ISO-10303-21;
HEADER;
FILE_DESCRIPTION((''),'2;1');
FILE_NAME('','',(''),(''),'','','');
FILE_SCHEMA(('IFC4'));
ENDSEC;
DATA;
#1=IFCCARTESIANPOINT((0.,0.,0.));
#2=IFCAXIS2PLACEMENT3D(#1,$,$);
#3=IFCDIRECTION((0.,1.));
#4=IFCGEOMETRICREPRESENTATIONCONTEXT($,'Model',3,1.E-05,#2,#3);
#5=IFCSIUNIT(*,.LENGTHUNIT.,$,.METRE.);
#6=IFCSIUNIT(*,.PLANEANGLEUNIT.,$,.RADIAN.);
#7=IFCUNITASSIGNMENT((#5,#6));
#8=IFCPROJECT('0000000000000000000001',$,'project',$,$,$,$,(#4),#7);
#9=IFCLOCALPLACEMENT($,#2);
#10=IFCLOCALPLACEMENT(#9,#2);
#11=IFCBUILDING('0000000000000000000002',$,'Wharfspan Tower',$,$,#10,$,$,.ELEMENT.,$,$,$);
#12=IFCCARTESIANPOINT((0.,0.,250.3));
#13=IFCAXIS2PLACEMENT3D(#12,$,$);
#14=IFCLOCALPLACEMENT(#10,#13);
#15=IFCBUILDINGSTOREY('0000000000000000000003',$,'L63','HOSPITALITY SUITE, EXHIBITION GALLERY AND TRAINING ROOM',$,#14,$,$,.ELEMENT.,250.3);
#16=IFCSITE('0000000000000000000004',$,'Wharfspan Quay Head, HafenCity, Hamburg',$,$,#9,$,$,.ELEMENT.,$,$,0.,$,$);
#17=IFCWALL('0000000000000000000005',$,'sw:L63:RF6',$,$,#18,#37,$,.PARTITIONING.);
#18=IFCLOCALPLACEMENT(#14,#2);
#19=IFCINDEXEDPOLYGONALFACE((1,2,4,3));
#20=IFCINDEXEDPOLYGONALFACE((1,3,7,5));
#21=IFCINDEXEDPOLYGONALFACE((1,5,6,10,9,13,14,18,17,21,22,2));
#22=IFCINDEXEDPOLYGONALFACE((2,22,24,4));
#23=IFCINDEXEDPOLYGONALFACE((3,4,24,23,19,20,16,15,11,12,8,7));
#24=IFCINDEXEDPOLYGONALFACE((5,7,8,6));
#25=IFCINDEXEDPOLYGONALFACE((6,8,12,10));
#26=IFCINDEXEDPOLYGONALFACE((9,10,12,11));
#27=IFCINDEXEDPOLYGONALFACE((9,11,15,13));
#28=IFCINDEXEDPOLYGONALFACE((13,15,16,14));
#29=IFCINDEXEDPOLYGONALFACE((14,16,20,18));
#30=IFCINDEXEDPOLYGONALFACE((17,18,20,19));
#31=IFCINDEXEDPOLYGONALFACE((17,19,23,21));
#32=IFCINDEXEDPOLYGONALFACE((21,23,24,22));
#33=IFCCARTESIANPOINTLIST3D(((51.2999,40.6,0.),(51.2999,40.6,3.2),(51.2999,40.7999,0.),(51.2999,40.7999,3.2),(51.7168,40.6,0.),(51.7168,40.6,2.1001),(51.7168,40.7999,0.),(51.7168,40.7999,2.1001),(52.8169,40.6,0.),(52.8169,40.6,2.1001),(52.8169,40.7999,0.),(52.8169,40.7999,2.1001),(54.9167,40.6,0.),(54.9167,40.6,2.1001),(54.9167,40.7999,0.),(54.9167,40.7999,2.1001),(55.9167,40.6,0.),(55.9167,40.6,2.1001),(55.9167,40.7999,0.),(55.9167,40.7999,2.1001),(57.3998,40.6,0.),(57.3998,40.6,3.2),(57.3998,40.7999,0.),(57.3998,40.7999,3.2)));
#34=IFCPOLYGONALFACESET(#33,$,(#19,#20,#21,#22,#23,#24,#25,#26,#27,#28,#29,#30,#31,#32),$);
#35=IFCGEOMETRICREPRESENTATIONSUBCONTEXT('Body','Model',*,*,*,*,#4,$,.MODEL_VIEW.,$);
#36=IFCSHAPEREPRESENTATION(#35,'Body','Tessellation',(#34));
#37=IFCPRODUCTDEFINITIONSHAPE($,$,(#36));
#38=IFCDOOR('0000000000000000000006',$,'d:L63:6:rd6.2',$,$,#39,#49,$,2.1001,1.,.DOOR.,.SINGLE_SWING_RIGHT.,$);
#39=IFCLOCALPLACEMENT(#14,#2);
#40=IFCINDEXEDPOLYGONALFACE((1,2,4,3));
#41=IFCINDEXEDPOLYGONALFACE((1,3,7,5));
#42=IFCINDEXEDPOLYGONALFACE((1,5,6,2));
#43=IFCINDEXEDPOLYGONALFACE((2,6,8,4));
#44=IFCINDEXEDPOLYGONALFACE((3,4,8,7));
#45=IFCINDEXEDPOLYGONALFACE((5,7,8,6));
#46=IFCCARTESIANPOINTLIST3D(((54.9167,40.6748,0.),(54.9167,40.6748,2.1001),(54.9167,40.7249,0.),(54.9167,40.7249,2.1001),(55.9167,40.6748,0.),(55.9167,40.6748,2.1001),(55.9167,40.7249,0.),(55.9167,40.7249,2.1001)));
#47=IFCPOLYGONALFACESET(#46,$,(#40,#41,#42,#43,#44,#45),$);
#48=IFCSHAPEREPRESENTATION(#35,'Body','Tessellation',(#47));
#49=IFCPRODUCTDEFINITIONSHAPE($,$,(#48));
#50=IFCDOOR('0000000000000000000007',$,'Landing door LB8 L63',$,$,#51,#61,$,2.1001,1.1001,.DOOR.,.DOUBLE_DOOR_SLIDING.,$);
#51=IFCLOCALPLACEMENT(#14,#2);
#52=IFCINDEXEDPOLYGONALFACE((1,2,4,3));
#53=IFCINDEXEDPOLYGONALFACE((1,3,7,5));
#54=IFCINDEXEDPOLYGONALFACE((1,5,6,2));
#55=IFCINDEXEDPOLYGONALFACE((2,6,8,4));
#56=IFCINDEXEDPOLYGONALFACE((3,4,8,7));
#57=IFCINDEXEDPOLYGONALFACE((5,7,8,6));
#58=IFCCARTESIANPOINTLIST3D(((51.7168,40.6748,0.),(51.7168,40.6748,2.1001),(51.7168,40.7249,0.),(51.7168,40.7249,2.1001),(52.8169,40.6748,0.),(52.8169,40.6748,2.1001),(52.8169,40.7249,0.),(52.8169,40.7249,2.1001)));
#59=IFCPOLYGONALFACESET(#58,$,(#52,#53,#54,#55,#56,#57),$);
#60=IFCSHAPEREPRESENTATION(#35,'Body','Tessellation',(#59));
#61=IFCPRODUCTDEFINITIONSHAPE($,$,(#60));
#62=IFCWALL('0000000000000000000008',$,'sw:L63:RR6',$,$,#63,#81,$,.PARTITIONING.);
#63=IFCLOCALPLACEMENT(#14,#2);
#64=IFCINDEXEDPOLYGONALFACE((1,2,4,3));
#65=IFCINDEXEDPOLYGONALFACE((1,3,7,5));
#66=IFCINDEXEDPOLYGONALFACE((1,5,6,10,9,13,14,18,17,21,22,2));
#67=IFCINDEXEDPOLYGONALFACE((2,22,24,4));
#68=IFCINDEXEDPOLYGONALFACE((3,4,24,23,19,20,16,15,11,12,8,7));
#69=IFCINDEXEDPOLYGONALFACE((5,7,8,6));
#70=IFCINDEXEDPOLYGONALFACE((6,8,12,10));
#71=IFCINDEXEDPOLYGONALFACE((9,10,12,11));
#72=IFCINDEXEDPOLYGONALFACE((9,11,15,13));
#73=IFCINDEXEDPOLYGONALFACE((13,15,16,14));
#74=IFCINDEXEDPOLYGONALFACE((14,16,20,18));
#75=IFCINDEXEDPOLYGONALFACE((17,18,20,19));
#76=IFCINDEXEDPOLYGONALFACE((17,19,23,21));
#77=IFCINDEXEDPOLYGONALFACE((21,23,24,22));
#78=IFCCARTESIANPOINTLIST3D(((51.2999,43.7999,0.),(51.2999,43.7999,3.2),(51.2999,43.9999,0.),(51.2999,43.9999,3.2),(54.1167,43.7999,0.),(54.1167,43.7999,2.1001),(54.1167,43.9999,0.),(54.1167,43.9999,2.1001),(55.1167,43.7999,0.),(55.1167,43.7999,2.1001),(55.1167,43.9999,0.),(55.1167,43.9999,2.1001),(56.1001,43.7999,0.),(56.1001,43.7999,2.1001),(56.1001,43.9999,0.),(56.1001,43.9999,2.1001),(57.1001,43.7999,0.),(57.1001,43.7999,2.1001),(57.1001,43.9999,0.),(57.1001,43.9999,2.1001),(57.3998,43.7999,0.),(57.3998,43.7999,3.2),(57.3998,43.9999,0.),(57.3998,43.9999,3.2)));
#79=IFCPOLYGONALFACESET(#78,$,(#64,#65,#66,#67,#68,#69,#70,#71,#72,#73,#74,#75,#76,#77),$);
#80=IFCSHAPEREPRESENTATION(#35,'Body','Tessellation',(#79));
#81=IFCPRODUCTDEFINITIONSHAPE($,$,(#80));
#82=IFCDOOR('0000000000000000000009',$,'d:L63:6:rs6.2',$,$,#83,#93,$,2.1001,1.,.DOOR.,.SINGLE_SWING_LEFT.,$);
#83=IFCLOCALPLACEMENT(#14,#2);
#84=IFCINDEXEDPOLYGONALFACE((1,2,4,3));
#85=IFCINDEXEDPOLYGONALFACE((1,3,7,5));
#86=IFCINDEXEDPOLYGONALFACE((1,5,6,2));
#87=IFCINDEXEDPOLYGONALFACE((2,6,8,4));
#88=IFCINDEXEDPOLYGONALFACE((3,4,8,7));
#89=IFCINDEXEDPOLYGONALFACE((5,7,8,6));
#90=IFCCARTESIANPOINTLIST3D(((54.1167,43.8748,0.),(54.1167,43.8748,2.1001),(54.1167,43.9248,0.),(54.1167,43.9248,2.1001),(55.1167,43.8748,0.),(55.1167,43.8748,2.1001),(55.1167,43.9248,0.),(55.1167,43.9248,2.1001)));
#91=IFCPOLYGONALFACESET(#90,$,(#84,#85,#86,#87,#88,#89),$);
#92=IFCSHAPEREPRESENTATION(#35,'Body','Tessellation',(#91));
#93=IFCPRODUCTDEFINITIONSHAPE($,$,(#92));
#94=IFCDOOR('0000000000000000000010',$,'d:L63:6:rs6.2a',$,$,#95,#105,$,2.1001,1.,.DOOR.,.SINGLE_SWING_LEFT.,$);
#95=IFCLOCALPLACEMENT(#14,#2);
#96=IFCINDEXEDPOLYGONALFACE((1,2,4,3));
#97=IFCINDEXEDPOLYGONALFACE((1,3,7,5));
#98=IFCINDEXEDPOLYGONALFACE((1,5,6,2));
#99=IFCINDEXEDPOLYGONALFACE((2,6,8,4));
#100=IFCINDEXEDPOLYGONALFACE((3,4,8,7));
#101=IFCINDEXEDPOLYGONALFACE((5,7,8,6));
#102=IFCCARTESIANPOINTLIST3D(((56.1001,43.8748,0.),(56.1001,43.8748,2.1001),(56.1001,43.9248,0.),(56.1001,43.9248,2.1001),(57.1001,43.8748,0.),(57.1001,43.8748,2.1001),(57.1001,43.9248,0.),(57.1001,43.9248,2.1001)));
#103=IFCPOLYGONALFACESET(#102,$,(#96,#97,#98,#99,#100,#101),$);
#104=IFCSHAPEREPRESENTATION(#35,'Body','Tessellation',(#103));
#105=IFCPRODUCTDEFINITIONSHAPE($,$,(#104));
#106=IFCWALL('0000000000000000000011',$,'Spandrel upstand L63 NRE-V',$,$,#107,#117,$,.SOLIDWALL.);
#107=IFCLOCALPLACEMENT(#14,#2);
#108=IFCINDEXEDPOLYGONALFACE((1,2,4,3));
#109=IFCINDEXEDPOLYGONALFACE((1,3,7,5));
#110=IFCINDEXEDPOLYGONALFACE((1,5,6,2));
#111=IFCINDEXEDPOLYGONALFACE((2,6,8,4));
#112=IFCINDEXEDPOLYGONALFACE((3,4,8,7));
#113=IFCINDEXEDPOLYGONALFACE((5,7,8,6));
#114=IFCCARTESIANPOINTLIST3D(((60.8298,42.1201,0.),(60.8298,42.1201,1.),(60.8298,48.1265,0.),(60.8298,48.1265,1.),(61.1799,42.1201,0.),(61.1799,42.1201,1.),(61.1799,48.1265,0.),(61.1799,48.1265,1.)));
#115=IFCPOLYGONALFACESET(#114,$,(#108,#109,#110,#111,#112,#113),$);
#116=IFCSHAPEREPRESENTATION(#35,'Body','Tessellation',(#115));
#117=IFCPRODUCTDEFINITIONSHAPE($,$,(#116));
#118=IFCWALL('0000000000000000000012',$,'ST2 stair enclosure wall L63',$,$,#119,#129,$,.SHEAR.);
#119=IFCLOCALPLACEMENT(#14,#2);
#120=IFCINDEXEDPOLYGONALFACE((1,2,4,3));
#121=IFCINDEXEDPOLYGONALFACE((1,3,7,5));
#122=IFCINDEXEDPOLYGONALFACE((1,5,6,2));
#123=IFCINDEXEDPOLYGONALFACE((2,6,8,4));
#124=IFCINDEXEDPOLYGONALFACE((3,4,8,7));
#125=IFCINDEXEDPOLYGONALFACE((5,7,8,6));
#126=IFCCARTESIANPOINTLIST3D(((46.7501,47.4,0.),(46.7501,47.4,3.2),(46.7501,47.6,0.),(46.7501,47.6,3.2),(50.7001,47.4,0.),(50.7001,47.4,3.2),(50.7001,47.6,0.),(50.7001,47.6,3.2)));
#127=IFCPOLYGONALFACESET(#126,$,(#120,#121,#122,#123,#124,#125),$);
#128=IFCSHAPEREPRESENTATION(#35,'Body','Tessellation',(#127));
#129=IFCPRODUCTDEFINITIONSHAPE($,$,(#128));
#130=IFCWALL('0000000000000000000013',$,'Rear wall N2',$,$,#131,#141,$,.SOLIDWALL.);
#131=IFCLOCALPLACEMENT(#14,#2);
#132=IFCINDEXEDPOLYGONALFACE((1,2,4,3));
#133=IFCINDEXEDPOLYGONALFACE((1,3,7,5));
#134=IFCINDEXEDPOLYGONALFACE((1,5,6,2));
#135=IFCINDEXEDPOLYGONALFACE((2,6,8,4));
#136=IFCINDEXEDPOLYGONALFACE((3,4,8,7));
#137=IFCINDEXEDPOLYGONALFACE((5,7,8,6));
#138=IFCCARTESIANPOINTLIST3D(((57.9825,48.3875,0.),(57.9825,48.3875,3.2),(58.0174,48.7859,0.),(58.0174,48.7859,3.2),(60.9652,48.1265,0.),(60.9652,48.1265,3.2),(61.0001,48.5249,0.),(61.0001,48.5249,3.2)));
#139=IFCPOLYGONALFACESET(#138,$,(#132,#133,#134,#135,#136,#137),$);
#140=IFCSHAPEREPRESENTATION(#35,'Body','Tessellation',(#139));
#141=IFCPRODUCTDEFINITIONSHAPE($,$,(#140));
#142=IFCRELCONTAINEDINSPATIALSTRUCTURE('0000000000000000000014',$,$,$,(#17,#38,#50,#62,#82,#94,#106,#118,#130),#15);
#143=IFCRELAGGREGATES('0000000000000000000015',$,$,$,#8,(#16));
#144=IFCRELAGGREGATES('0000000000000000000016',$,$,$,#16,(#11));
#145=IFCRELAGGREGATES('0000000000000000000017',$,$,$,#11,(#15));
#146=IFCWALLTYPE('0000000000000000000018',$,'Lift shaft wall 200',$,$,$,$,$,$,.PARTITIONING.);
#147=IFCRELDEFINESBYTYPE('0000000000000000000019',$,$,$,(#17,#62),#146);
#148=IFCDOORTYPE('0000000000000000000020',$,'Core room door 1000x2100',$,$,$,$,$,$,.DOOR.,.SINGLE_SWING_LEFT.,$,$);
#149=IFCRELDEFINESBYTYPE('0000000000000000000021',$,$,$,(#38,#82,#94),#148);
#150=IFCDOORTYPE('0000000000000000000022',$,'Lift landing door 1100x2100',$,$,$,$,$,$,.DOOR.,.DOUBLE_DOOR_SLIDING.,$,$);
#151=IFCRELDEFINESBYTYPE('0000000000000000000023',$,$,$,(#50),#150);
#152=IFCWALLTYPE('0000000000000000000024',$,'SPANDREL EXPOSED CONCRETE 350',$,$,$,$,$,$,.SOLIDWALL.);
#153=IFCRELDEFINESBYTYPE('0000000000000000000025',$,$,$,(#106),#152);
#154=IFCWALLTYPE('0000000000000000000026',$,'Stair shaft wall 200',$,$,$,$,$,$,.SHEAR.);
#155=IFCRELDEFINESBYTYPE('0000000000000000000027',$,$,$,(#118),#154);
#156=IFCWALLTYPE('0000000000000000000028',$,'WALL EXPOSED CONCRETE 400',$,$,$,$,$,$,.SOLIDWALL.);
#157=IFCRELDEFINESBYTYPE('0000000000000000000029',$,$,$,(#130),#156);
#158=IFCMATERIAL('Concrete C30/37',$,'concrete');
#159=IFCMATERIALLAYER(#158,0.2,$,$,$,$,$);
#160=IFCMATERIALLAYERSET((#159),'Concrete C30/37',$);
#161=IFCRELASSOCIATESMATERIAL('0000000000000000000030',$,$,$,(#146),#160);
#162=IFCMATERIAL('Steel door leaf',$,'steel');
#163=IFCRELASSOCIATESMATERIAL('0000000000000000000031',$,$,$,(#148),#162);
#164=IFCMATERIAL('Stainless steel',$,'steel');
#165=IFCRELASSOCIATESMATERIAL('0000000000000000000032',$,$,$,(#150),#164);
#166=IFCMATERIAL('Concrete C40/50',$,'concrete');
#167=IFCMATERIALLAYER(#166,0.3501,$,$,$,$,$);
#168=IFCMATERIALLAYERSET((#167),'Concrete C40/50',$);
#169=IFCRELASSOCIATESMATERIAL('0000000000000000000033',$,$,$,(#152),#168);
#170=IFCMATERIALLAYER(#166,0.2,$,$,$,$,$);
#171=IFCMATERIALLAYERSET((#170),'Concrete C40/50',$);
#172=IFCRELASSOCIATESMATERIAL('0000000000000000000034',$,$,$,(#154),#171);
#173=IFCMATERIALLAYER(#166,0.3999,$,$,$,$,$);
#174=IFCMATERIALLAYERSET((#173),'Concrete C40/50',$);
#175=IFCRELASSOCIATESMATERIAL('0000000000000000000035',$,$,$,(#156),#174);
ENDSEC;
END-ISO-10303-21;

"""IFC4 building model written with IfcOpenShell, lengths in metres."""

from ifc_helpers import new_model, si_unit, direction, frame, frame_2d, origin, place, context, subcontext, project, spatial, rectangle, extrude, material, layer, layer_set, type_object, element, fill, save


model = new_model("IFC4")

# Units and contexts
model_context = context("Model", 3, precision=1e-05, world=origin(), true_north=direction((0.0, 1.0)))
body_context = subcontext(model_context, "Body", "Model", "MODEL_VIEW")
ifc_project = project(units=[si_unit("LENGTHUNIT", "METRE"), si_unit("PLANEANGLEUNIT", "RADIAN")], contexts=[model_context])

# Site, building, storey
site_placement = place(None, origin())
site = spatial("IfcSite", under=ifc_project, at=site_placement, Name="Wharfspan Quay Head, HafenCity, Hamburg", CompositionType="ELEMENT", RefElevation=0.0)
building_placement = place(site_placement, origin())
building = spatial("IfcBuilding", under=site, at=building_placement, Name="Wharfspan Tower", CompositionType="ELEMENT")
storey_placement = place(building_placement, frame((0.0, 0.0, 250.3)))
storey = spatial("IfcBuildingStorey", under=building, at=storey_placement, Name="L63", Description="HOSPITALITY SUITE, EXHIBITION GALLERY AND TRAINING ROOM", CompositionType="ELEMENT", Elevation=250.3)

# Walls, openings, doors
ifc_material_1 = material(Name="Concrete C30/37", Category="concrete")
ifc_layer_1 = layer(ifc_material_1, 0.2)
ifc_layer_set_1 = layer_set([ifc_layer_1], Name="Concrete C30/37")
wall_type_1 = type_object("IfcWallType", Name="Lift shaft wall 200", PredefinedType="PARTITIONING", material=ifc_layer_set_1)
wall_1_placement = place(storey_placement, frame((51.3, 40.7, 0.0), z_axis=(0.0, 0.0, 1.0), x_axis=(1.0, 0.0, 0.0)))
wall_1 = element("IfcWall", 1, at=wall_1_placement, inside=storey, type_object=wall_type_1, Name="sw:L63:RF6", PredefinedType="PARTITIONING", context=body_context, shape_type="SweptSolid", body=[
    extrude(rectangle(XDim=6.0999, YDim=0.2, at=frame_2d((3.0498, 0.0))), origin(), (0.0, 0.0, 1.0), 3.2),
])
opening_1_placement = place(wall_1_placement, frame((0.4167, 0.0, 0.0)))
opening_1 = element("IfcOpeningElement", 2, at=opening_1_placement, cuts=wall_1, PredefinedType="OPENING", context=body_context, shape_type="SweptSolid", body=[
    extrude(rectangle(XDim=1.1001, YDim=2.1001, at=frame_2d((0.55, 1.05))), frame((0.0, 0.1099, 0.0), z_axis=(0.0, -1.0, 0.0), x_axis=(1.0, 0.0, 0.0)), (0.0, 0.0, 1.0), 0.22),
])
opening_2_placement = place(wall_1_placement, frame((3.6167, 0.0, 0.0)))
opening_2 = element("IfcOpeningElement", 3, at=opening_2_placement, cuts=wall_1, PredefinedType="OPENING", context=body_context, shape_type="SweptSolid", body=[
    extrude(rectangle(XDim=1.0, YDim=2.1001, at=frame_2d((0.5, 1.05))), frame((0.0, 0.1099, 0.0), z_axis=(0.0, -1.0, 0.0), x_axis=(1.0, 0.0, 0.0)), (0.0, 0.0, 1.0), 0.22),
])
ifc_material_2 = material(Name="Steel door leaf", Category="steel")
door_type_1 = type_object("IfcDoorType", Name="Core room door 1000x2100", OperationType="SINGLE_SWING_LEFT", PredefinedType="DOOR", material=ifc_material_2)
door_1_placement = place(opening_2_placement, origin())
door_1 = element("IfcDoor", 4, at=door_1_placement, inside=storey, type_object=door_type_1, Name="d:L63:6:rd6.2", OperationType="SINGLE_SWING_RIGHT", OverallHeight=2.1001, OverallWidth=1.0, PredefinedType="DOOR", context=body_context, shape_type="SweptSolid", body=[
    extrude(rectangle(XDim=1.0, YDim=2.1001, at=frame_2d((0.5, 1.05))), frame((0.0, 0.0249, 0.0), z_axis=(0.0, -1.0, 0.0), x_axis=(1.0, 0.0, 0.0)), (0.0, 0.0, 1.0), 0.05),
])
fill(opening_2, door_1)
ifc_material_3 = material(Name="Stainless steel", Category="steel")
door_type_2 = type_object("IfcDoorType", Name="Lift landing door 1100x2100", OperationType="DOUBLE_DOOR_SLIDING", PredefinedType="DOOR", material=ifc_material_3)
door_2_placement = place(opening_1_placement, origin())
door_2 = element("IfcDoor", 5, at=door_2_placement, inside=storey, type_object=door_type_2, Name="Landing door LB8 L63", OperationType="DOUBLE_DOOR_SLIDING", OverallHeight=2.1001, OverallWidth=1.1001, PredefinedType="DOOR", context=body_context, shape_type="SweptSolid", body=[
    extrude(rectangle(XDim=1.1001, YDim=2.1001, at=frame_2d((0.55, 1.05))), frame((0.0, 0.0249, 0.0), z_axis=(0.0, -1.0, 0.0), x_axis=(1.0, 0.0, 0.0)), (0.0, 0.0, 1.0), 0.05),
])
fill(opening_1, door_2)
wall_2_placement = place(storey_placement, frame((51.3, 43.8999, 0.0), z_axis=(0.0, 0.0, 1.0), x_axis=(1.0, 0.0, 0.0)))
wall_2 = element("IfcWall", 6, at=wall_2_placement, inside=storey, type_object=wall_type_1, Name="sw:L63:RR6", PredefinedType="PARTITIONING", context=body_context, shape_type="SweptSolid", body=[
    extrude(rectangle(XDim=6.0999, YDim=0.2, at=frame_2d((3.0498, 0.0))), origin(), (0.0, 0.0, 1.0), 3.2),
])
opening_3_placement = place(wall_2_placement, frame((2.8167, 0.0, 0.0)))
opening_3 = element("IfcOpeningElement", 7, at=opening_3_placement, cuts=wall_2, PredefinedType="OPENING", context=body_context, shape_type="SweptSolid", body=[
    extrude(rectangle(XDim=1.0, YDim=2.1001, at=frame_2d((0.5, 1.05))), frame((0.0, 0.1099, 0.0), z_axis=(0.0, -1.0, 0.0), x_axis=(1.0, 0.0, 0.0)), (0.0, 0.0, 1.0), 0.22),
])
opening_4_placement = place(wall_2_placement, frame((4.8, 0.0, 0.0)))
opening_4 = element("IfcOpeningElement", 8, at=opening_4_placement, cuts=wall_2, PredefinedType="OPENING", context=body_context, shape_type="SweptSolid", body=[
    extrude(rectangle(XDim=1.0, YDim=2.1001, at=frame_2d((0.5, 1.05))), frame((0.0, 0.1099, 0.0), z_axis=(0.0, -1.0, 0.0), x_axis=(1.0, 0.0, 0.0)), (0.0, 0.0, 1.0), 0.22),
])
door_3_placement = place(opening_3_placement, origin())
door_3 = element("IfcDoor", 9, at=door_3_placement, inside=storey, type_object=door_type_1, Name="d:L63:6:rs6.2", OperationType="SINGLE_SWING_LEFT", OverallHeight=2.1001, OverallWidth=1.0, PredefinedType="DOOR", context=body_context, shape_type="SweptSolid", body=[
    extrude(rectangle(XDim=1.0, YDim=2.1001, at=frame_2d((0.5, 1.05))), frame((0.0, 0.0249, 0.0), z_axis=(0.0, -1.0, 0.0), x_axis=(1.0, 0.0, 0.0)), (0.0, 0.0, 1.0), 0.05),
])
fill(opening_3, door_3)
door_4_placement = place(opening_4_placement, origin())
door_4 = element("IfcDoor", 10, at=door_4_placement, inside=storey, type_object=door_type_1, Name="d:L63:6:rs6.2a", OperationType="SINGLE_SWING_LEFT", OverallHeight=2.1001, OverallWidth=1.0, PredefinedType="DOOR", context=body_context, shape_type="SweptSolid", body=[
    extrude(rectangle(XDim=1.0, YDim=2.1001, at=frame_2d((0.5, 1.05))), frame((0.0, 0.0249, 0.0), z_axis=(0.0, -1.0, 0.0), x_axis=(1.0, 0.0, 0.0)), (0.0, 0.0, 1.0), 0.05),
])
fill(opening_4, door_4)

# Walls
ifc_material_4 = material(Name="Concrete C40/50", Category="concrete")
ifc_layer_2 = layer(ifc_material_4, 0.3501)
ifc_layer_set_2 = layer_set([ifc_layer_2], Name="Concrete C40/50")
wall_type_2 = type_object("IfcWallType", Name="SPANDREL EXPOSED CONCRETE 350", PredefinedType="SOLIDWALL", material=ifc_layer_set_2)
wall_3_placement = place(storey_placement, frame((61.0049, 42.1201, 0.0), z_axis=(0.0, 0.0, 1.0), x_axis=(0.0, 1.0, 0.0)))
element("IfcWall", 11, at=wall_3_placement, inside=storey, type_object=wall_type_2, Name="Spandrel upstand L63 NRE-V", PredefinedType="SOLIDWALL", context=body_context, shape_type="SweptSolid", body=[
    extrude(rectangle(XDim=6.0063, YDim=0.3501, at=frame_2d((3.0032, 0.0))), origin(), (0.0, 0.0, 1.0), 1.0),
])
ifc_layer_3 = layer(ifc_material_4, 0.2)
ifc_layer_set_3 = layer_set([ifc_layer_3], Name="Concrete C40/50")
wall_type_3 = type_object("IfcWallType", Name="Stair shaft wall 200", PredefinedType="SHEAR", material=ifc_layer_set_3)
wall_4_placement = place(storey_placement, frame((46.75, 47.5, 0.0), z_axis=(0.0, 0.0, 1.0), x_axis=(1.0, 0.0, 0.0)))
element("IfcWall", 12, at=wall_4_placement, inside=storey, type_object=wall_type_3, Name="ST2 stair enclosure wall L63", PredefinedType="SHEAR", context=body_context, shape_type="SweptSolid", body=[
    extrude(rectangle(XDim=3.95, YDim=0.2, at=frame_2d((1.9751, 0.0))), origin(), (0.0, 0.0, 1.0), 3.2),
])
ifc_layer_4 = layer(ifc_material_4, 0.3999)
ifc_layer_set_4 = layer_set([ifc_layer_4], Name="Concrete C40/50")
wall_type_4 = type_object("IfcWallType", Name="WALL EXPOSED CONCRETE 400", PredefinedType="SOLIDWALL", material=ifc_layer_set_4)
wall_5_placement = place(storey_placement, frame((60.9827, 48.3257, 0.0), z_axis=(0.0, 0.0, 1.0), x_axis=(-0.996194, 0.087168, 0.0)))
element("IfcWall", 13, at=wall_5_placement, inside=storey, type_object=wall_type_4, Name="Rear wall N2", PredefinedType="SOLIDWALL", context=body_context, shape_type="SweptSolid", body=[
    extrude(rectangle(XDim=2.9941, YDim=0.3999, at=frame_2d((1.4971, 0.0))), origin(), (0.0, 0.0, 1.0), 3.2),
])

save(model, "model.ifc")
